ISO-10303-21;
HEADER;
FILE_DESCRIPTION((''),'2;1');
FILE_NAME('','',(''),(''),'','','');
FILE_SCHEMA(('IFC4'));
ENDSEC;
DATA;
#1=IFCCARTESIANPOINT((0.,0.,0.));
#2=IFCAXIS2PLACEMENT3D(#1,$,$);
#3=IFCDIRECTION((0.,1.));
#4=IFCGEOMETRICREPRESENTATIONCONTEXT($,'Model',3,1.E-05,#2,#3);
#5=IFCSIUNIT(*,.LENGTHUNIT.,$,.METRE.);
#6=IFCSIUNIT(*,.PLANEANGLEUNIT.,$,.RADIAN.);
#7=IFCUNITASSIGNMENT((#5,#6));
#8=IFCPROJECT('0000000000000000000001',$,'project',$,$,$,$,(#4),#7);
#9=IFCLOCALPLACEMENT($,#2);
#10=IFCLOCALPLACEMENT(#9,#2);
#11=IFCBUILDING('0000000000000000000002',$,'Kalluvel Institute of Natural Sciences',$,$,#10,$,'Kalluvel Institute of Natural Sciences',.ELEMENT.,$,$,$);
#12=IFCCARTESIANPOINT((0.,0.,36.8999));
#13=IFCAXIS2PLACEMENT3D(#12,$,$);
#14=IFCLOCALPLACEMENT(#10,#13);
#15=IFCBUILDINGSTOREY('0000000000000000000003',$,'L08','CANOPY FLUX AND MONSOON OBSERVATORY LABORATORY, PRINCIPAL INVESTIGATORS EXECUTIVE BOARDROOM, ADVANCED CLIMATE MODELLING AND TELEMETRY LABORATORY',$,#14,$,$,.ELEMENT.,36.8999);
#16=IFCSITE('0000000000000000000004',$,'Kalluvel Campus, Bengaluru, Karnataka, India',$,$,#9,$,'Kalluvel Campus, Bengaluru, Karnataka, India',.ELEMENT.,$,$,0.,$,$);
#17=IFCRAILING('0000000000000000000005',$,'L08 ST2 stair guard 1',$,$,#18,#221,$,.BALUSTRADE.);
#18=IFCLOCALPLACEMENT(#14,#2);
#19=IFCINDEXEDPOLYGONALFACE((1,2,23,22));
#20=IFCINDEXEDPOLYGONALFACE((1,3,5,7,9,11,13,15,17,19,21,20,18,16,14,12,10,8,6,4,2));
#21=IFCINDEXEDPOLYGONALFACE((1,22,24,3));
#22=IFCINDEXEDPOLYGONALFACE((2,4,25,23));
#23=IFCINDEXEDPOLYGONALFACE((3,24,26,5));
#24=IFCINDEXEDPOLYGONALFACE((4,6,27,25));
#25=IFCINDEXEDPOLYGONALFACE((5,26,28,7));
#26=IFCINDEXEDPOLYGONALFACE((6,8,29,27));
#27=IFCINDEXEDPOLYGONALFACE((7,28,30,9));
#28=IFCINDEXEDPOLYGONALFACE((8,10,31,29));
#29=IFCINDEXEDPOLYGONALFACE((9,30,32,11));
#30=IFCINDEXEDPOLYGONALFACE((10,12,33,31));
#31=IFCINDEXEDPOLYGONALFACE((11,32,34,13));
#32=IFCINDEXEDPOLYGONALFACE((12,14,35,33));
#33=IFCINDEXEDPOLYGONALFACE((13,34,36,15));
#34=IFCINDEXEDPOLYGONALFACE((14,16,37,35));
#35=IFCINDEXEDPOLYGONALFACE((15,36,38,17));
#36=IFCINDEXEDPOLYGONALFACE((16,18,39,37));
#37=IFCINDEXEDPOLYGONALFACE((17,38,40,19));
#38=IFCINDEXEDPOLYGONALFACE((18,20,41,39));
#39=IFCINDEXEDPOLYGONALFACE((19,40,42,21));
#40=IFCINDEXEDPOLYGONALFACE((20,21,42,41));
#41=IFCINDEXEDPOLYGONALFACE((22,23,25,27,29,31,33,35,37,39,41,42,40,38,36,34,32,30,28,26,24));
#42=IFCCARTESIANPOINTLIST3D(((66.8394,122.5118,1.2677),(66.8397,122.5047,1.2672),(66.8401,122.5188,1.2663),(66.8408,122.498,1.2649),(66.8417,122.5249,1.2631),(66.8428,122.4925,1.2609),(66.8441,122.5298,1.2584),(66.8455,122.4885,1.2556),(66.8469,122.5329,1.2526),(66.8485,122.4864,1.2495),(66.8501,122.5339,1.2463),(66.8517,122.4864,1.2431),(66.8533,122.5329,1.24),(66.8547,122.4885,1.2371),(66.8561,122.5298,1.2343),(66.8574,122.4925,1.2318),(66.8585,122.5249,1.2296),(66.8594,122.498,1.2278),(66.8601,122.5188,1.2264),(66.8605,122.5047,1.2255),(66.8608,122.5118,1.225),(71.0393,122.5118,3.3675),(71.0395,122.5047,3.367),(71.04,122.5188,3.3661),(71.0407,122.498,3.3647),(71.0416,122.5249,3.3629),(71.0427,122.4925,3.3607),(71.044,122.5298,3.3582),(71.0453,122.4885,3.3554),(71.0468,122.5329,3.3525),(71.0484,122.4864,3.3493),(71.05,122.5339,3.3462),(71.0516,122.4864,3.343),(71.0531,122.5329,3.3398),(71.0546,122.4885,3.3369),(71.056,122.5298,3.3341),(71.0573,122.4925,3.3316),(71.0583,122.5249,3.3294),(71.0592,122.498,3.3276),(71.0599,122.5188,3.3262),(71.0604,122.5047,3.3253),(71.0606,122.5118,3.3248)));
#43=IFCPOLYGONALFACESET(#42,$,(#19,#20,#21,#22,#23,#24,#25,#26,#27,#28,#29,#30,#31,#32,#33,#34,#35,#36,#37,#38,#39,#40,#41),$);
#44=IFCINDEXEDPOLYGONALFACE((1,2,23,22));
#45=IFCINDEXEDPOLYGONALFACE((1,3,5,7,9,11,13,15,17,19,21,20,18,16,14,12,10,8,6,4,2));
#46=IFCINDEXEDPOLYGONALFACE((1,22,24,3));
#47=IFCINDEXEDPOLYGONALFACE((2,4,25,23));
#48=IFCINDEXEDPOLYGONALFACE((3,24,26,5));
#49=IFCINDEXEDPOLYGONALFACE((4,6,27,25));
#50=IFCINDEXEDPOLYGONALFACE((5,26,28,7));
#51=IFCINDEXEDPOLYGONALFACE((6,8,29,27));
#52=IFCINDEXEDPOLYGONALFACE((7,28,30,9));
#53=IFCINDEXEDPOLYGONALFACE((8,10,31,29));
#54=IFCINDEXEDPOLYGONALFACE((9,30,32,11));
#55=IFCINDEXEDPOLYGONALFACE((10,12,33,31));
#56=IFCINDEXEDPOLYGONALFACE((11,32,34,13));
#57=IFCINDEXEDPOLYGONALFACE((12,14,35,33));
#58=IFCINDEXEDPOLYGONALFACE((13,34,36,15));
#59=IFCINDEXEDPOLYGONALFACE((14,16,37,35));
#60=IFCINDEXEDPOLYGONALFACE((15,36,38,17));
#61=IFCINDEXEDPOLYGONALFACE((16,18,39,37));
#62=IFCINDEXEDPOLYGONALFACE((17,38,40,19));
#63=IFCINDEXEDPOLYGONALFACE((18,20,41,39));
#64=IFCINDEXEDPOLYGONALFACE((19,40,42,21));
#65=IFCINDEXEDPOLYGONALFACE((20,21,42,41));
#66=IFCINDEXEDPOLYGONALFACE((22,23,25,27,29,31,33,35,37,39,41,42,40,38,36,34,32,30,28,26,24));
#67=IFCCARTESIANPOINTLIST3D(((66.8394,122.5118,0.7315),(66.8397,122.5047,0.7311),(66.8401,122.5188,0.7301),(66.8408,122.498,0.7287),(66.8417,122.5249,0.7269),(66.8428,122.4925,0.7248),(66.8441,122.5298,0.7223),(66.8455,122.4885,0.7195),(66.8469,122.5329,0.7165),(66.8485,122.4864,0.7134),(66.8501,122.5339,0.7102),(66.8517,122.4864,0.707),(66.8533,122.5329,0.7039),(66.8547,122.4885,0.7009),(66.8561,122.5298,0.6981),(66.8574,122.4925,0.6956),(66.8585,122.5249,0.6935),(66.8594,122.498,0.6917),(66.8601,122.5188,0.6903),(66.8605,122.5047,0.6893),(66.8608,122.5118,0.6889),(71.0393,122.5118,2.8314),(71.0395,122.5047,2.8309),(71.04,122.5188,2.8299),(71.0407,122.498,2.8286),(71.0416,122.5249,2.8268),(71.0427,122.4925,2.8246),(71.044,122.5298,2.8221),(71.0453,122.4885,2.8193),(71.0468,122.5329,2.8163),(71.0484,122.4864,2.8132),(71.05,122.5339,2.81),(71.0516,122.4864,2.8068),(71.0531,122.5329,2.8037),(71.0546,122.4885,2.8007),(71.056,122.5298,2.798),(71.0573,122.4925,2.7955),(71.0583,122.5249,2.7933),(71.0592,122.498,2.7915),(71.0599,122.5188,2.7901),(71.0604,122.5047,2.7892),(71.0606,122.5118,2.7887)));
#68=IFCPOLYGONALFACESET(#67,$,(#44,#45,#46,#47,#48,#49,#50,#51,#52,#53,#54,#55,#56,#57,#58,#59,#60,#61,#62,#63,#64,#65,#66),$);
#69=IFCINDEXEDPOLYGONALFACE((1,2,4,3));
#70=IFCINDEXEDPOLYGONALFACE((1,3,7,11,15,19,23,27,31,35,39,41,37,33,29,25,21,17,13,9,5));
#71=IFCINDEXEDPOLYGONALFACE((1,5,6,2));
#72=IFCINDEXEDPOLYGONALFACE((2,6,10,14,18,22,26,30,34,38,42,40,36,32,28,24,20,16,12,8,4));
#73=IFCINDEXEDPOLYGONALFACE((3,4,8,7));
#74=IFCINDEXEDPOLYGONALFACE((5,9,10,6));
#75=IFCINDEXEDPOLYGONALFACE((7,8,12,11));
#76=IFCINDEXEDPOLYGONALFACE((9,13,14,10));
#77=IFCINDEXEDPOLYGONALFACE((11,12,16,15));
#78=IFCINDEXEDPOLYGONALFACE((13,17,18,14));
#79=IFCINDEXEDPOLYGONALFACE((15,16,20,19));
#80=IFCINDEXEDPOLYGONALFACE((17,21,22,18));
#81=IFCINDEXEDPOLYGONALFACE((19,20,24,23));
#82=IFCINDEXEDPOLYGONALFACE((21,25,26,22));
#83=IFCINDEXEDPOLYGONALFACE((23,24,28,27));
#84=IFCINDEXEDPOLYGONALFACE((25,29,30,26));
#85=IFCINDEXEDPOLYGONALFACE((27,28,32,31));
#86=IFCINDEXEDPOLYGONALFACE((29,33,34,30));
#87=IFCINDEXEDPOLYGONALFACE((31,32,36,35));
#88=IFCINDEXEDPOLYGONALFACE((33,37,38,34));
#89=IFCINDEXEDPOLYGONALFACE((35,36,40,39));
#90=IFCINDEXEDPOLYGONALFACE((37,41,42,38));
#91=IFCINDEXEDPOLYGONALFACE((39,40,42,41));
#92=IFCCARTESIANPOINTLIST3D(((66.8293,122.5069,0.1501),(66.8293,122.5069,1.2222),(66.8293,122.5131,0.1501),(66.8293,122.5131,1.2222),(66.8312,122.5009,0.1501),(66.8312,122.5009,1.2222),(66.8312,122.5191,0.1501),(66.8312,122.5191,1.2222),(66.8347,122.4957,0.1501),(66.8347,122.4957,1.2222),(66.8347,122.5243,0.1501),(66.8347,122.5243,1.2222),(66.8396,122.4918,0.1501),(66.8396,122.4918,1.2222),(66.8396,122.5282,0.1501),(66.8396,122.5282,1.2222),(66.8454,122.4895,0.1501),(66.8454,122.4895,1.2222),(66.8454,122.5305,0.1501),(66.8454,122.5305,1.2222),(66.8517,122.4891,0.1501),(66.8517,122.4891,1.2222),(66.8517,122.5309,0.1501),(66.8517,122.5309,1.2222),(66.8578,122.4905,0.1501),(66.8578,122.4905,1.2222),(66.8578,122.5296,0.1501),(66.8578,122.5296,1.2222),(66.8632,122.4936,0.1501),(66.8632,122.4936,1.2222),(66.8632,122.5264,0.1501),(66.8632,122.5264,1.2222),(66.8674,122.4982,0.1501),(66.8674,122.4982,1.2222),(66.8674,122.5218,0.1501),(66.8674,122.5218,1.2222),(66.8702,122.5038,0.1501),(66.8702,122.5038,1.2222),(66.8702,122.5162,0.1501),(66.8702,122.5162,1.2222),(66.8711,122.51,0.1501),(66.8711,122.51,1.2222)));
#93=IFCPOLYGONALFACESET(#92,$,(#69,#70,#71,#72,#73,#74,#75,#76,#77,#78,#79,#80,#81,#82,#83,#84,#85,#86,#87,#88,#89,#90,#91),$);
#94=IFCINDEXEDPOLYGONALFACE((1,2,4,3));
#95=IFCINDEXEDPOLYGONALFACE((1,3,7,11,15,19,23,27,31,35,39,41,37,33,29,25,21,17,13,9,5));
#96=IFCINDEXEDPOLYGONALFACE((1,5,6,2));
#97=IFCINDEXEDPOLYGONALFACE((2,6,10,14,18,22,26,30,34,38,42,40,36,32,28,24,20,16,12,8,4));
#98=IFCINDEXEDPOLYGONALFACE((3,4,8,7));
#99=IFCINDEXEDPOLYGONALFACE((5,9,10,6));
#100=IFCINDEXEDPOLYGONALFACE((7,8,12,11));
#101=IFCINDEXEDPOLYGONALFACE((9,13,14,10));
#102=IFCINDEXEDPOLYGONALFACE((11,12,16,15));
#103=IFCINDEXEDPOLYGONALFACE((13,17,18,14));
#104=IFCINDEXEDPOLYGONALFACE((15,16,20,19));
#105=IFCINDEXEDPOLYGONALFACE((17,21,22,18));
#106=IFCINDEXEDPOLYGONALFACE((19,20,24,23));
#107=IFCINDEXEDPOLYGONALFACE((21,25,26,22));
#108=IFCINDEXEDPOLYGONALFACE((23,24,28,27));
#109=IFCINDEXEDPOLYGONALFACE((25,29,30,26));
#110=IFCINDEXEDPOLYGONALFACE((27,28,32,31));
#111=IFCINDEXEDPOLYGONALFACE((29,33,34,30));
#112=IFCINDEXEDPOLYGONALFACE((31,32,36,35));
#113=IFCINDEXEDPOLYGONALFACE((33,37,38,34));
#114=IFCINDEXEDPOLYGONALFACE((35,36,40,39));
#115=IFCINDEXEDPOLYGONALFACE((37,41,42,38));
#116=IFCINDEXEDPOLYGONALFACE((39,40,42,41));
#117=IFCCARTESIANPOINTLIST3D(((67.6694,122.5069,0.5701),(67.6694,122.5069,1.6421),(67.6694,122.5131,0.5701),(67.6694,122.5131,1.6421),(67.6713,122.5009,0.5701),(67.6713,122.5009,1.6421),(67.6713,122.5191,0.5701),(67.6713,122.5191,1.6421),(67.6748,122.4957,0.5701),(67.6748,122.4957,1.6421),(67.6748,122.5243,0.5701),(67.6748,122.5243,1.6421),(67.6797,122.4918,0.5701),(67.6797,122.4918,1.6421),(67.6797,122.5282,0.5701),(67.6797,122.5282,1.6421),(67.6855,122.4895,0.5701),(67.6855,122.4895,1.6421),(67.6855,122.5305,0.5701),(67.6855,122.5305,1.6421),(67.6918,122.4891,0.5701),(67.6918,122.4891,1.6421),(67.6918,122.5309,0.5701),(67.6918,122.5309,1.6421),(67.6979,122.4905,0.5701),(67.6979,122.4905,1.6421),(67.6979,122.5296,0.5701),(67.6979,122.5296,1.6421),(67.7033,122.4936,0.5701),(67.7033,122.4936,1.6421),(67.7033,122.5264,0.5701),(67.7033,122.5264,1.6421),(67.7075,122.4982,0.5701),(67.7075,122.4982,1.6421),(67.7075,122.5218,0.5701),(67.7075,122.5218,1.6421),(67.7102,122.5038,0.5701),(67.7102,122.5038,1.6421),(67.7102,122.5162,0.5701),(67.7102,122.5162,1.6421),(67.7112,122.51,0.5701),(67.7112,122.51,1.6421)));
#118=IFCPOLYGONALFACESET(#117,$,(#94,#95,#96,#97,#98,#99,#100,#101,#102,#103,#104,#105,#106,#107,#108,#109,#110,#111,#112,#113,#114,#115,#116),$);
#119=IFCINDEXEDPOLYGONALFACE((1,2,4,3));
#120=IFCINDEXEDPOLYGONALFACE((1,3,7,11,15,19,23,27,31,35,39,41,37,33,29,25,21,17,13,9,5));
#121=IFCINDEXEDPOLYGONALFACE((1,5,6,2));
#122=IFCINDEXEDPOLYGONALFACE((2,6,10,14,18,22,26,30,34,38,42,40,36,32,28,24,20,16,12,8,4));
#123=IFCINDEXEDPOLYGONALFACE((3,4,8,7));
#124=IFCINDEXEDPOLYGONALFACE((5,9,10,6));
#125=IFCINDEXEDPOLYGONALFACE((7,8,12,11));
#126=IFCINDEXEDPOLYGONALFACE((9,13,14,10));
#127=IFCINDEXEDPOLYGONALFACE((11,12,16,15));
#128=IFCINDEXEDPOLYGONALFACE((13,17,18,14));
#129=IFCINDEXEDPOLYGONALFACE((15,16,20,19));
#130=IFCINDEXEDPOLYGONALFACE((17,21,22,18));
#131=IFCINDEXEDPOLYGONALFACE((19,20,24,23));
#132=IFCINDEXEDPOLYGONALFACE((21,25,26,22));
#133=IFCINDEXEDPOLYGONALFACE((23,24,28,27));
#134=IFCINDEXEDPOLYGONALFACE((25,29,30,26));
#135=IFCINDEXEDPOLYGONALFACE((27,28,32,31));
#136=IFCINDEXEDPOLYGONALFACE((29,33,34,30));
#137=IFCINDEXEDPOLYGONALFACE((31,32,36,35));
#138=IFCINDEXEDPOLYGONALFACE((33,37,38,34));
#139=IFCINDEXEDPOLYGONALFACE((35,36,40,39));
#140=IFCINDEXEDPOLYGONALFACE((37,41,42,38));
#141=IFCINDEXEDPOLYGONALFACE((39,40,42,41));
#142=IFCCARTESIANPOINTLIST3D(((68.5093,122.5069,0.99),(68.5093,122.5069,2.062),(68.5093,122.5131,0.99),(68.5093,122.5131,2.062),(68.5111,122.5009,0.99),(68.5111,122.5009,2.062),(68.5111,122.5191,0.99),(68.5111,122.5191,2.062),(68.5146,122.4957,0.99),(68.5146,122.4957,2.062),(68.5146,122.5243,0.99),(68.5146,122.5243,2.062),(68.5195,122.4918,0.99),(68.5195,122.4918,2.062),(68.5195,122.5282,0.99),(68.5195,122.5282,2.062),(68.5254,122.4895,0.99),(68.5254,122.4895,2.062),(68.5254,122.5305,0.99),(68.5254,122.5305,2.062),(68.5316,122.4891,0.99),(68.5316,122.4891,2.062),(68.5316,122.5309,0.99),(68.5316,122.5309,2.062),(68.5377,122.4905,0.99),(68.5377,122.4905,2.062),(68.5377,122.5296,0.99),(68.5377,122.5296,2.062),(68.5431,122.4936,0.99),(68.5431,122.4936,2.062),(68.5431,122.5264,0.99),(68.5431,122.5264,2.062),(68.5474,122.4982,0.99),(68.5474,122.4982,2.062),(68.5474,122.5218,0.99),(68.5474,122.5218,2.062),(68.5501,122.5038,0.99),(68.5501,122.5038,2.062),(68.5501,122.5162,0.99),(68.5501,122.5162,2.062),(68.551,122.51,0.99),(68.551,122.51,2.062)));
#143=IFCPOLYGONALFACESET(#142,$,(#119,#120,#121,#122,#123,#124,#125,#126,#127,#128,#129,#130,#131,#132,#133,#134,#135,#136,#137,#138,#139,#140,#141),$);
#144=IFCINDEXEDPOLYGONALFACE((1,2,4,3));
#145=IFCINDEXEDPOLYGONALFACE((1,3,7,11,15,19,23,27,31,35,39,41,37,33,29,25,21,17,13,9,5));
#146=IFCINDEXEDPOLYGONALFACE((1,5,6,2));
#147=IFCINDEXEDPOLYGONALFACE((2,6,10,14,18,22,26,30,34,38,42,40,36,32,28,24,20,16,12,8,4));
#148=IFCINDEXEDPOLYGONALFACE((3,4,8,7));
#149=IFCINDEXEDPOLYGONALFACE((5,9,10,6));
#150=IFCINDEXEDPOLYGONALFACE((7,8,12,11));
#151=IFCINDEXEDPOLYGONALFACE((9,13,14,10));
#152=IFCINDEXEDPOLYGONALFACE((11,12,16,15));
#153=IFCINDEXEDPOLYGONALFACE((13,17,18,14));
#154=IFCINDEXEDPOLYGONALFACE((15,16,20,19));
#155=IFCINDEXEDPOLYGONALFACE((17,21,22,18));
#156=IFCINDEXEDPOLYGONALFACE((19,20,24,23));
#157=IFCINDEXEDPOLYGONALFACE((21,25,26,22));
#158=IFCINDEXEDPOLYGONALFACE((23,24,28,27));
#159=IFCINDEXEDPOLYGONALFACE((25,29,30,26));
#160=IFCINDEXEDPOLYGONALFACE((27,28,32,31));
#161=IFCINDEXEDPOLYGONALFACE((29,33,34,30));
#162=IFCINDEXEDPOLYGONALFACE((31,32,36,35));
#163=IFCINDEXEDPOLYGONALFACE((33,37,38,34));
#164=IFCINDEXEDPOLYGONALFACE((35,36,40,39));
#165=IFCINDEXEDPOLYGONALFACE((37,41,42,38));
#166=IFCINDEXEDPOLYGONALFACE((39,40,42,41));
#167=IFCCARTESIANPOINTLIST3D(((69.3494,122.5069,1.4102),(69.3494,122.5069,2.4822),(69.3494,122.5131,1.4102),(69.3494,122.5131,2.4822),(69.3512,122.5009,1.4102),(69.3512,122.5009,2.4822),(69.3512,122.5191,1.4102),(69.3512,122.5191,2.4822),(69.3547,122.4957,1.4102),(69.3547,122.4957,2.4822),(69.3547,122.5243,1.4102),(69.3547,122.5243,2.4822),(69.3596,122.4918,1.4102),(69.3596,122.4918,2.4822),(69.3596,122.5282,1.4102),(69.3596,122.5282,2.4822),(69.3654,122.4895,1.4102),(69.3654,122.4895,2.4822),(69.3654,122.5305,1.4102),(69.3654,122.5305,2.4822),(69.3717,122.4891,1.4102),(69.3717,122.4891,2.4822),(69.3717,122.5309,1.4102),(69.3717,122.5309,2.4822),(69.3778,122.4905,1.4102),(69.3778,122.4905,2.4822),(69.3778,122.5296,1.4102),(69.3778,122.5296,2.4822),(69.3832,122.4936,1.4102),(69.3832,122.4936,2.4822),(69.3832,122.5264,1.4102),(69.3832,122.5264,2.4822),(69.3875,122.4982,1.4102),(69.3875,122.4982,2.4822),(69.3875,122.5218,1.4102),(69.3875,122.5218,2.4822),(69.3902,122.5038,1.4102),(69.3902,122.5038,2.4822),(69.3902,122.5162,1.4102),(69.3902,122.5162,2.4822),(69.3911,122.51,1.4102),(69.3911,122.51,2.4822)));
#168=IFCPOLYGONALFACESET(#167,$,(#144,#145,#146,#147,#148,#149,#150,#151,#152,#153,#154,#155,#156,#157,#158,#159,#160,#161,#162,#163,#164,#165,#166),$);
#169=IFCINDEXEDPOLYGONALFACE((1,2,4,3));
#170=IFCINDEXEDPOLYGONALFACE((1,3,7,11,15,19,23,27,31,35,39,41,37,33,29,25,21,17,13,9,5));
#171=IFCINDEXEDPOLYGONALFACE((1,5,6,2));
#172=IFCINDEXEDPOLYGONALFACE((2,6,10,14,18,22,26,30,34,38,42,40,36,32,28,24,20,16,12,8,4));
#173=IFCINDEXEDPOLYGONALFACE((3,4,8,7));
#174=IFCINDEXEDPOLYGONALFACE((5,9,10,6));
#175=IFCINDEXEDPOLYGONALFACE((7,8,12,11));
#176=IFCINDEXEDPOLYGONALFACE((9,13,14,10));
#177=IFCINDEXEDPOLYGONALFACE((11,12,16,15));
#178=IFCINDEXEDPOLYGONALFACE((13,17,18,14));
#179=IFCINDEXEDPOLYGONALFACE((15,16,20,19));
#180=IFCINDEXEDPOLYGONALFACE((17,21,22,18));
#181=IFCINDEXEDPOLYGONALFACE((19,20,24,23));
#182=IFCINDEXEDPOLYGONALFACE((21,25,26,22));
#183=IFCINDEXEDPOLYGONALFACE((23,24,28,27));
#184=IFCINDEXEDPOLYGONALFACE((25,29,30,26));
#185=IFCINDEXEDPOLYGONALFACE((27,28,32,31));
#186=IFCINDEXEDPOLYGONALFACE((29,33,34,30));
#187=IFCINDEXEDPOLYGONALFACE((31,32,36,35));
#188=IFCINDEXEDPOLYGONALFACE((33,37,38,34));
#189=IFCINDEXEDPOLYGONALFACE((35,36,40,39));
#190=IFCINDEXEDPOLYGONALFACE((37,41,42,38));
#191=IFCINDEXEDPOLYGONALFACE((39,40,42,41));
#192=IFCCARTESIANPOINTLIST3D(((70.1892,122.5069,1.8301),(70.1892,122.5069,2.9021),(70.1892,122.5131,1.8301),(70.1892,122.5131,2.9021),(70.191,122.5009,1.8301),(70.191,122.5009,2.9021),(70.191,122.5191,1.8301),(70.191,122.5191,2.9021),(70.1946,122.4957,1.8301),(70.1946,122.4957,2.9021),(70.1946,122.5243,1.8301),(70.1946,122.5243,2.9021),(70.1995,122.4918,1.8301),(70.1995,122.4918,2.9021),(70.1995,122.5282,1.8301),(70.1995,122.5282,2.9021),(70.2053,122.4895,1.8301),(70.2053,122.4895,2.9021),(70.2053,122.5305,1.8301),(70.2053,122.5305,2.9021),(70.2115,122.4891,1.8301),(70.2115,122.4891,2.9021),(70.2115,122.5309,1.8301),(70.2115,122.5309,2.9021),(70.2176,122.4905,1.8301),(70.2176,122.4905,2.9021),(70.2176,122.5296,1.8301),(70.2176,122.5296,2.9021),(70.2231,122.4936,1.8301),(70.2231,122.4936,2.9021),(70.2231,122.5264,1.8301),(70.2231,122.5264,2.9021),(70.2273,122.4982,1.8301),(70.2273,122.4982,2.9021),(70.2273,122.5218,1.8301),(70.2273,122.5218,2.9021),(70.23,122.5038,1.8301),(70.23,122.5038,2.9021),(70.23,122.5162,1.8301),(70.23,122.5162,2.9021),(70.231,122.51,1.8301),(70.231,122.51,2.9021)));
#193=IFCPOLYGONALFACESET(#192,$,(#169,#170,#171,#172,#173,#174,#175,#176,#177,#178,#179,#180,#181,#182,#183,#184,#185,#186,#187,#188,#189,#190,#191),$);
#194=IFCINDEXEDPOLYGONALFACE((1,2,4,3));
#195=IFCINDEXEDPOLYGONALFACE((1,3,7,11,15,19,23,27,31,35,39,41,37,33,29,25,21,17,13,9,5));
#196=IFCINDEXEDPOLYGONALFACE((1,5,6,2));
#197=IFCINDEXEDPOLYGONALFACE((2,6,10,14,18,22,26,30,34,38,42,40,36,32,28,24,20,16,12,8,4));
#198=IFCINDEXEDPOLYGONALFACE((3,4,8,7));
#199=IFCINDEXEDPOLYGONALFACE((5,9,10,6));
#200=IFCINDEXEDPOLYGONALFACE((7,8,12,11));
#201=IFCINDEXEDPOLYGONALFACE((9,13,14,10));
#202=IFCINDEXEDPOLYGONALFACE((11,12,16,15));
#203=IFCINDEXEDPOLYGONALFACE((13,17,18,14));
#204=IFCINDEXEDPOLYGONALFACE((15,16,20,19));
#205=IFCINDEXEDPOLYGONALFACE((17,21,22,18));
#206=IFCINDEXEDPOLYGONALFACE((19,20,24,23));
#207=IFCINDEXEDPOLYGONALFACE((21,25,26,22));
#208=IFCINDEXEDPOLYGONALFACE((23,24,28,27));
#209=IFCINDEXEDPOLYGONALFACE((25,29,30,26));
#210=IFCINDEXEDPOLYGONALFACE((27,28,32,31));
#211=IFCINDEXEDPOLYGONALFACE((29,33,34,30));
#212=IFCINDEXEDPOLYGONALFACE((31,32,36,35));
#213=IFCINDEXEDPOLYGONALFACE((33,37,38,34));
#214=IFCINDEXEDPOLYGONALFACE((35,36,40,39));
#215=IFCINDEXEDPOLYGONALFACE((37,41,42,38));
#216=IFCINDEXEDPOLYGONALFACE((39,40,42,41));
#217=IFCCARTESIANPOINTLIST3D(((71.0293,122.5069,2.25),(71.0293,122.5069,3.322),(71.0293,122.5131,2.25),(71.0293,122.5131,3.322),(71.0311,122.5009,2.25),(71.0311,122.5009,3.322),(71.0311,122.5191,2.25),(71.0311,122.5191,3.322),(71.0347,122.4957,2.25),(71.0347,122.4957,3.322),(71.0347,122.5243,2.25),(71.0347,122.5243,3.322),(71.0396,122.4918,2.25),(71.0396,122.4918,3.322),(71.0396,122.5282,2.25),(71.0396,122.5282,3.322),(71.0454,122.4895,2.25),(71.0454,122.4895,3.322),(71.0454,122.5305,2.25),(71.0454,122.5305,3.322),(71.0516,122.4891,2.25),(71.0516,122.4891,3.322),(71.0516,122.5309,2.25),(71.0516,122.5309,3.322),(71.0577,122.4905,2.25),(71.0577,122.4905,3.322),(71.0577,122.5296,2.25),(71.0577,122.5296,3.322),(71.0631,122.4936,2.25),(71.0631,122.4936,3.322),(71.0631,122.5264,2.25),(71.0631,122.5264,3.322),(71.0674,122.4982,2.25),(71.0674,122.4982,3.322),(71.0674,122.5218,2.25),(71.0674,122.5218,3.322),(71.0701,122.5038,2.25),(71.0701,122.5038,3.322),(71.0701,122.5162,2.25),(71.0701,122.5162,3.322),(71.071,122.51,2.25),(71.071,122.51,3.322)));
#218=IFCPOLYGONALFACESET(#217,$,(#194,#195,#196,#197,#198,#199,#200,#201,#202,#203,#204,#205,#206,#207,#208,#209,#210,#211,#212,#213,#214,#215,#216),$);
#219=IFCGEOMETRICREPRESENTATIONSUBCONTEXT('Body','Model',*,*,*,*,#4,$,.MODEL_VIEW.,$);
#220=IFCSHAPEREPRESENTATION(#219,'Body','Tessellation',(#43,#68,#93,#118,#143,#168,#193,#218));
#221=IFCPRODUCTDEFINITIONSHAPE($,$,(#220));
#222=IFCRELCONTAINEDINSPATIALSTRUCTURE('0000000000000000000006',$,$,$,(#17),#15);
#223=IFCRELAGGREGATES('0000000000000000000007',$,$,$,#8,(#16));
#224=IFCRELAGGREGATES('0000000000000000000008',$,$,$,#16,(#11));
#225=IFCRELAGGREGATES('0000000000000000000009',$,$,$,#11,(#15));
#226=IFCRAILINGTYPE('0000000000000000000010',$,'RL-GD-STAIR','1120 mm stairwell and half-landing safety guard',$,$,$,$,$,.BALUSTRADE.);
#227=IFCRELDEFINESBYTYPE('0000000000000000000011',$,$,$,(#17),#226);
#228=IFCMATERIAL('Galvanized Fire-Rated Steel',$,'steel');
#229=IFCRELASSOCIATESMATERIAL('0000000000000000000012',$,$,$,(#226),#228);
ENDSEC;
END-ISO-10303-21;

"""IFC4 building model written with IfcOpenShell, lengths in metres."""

from ifc_helpers import new_model, si_unit, direction, frame, origin, origin_2d, place, context, subcontext, project, spatial, circle, extrude, material, type_object, element, save


model = new_model("IFC4")

# Units and contexts
model_context = context("Model", 3, precision=1e-05, world=origin(), true_north=direction((0.0, 1.0)))
body_context = subcontext(model_context, "Body", "Model", "MODEL_VIEW")
ifc_project = project(units=[si_unit("LENGTHUNIT", "METRE"), si_unit("PLANEANGLEUNIT", "RADIAN")], contexts=[model_context])

# Site, building, storey
site_placement = place(None, origin())
site = spatial("IfcSite", under=ifc_project, at=site_placement, Name="Kalluvel Campus, Bengaluru, Karnataka, India", LongName="Kalluvel Campus, Bengaluru, Karnataka, India", CompositionType="ELEMENT", RefElevation=0.0)
building_placement = place(site_placement, origin())
building = spatial("IfcBuilding", under=site, at=building_placement, Name="Kalluvel Institute of Natural Sciences", LongName="Kalluvel Institute of Natural Sciences", CompositionType="ELEMENT")
storey_placement = place(building_placement, frame((0.0, 0.0, 36.8999)))
storey = spatial("IfcBuildingStorey", under=building, at=storey_placement, Name="L08", Description="CANOPY FLUX AND MONSOON OBSERVATORY LABORATORY, PRINCIPAL INVESTIGATORS EXECUTIVE BOARDROOM, ADVANCED CLIMATE MODELLING AND TELEMETRY LABORATORY", CompositionType="ELEMENT", Elevation=36.8999)

# Shared definitions
ifc_material_1 = material(Name="Galvanized Fire-Rated Steel", Category="steel")

# Railing
railing_type_1 = type_object("IfcRailingType", Name="RL-GD-STAIR", Description="1120 mm stairwell and half-landing safety guard", PredefinedType="BALUSTRADE", material=ifc_material_1)
railing_1_placement = place(storey_placement, frame((66.8501, 122.51, 0.1501)))
element("IfcRailing", 1, at=railing_1_placement, inside=storey, type_object=railing_type_1, Name="L08 ST2 stair guard 1", PredefinedType="BALUSTRADE", context=body_context, shape_type="SweptSolid", body=[
    extrude(circle(Radius=0.0239, at=origin_2d()), frame((0.0, 0.0, 1.0962), z_axis=(0.894438, 0.0, 0.447193), x_axis=(0.0, 1.0, 0.0)), (0.0, 0.0, 1.0), 4.6956),
    extrude(circle(Radius=0.0239, at=origin_2d()), frame((0.0, 0.0, 0.5601), z_axis=(0.894438, 0.0, 0.447193), x_axis=(0.0, 1.0, 0.0)), (0.0, 0.0, 1.0), 4.6956),
    extrude(circle(Radius=0.021, at=origin_2d()), origin(), (0.0, 0.0, 1.0), 1.072),
    extrude(circle(Radius=0.021, at=origin_2d()), frame((0.8401, 0.0, 0.4199)), (0.0, 0.0, 1.0), 1.072),
    extrude(circle(Radius=0.021, at=origin_2d()), frame((1.6799, 0.0, 0.8398)), (0.0, 0.0, 1.0), 1.072),
    extrude(circle(Radius=0.021, at=origin_2d()), frame((2.52, 0.0, 1.26)), (0.0, 0.0, 1.0), 1.072),
    extrude(circle(Radius=0.021, at=origin_2d()), frame((3.3599, 0.0, 1.6799)), (0.0, 0.0, 1.0), 1.072),
    extrude(circle(Radius=0.021, at=origin_2d()), frame((4.2, 0.0, 2.0999)), (0.0, 0.0, 1.0), 1.072),
])

save(model, "model.ifc")
